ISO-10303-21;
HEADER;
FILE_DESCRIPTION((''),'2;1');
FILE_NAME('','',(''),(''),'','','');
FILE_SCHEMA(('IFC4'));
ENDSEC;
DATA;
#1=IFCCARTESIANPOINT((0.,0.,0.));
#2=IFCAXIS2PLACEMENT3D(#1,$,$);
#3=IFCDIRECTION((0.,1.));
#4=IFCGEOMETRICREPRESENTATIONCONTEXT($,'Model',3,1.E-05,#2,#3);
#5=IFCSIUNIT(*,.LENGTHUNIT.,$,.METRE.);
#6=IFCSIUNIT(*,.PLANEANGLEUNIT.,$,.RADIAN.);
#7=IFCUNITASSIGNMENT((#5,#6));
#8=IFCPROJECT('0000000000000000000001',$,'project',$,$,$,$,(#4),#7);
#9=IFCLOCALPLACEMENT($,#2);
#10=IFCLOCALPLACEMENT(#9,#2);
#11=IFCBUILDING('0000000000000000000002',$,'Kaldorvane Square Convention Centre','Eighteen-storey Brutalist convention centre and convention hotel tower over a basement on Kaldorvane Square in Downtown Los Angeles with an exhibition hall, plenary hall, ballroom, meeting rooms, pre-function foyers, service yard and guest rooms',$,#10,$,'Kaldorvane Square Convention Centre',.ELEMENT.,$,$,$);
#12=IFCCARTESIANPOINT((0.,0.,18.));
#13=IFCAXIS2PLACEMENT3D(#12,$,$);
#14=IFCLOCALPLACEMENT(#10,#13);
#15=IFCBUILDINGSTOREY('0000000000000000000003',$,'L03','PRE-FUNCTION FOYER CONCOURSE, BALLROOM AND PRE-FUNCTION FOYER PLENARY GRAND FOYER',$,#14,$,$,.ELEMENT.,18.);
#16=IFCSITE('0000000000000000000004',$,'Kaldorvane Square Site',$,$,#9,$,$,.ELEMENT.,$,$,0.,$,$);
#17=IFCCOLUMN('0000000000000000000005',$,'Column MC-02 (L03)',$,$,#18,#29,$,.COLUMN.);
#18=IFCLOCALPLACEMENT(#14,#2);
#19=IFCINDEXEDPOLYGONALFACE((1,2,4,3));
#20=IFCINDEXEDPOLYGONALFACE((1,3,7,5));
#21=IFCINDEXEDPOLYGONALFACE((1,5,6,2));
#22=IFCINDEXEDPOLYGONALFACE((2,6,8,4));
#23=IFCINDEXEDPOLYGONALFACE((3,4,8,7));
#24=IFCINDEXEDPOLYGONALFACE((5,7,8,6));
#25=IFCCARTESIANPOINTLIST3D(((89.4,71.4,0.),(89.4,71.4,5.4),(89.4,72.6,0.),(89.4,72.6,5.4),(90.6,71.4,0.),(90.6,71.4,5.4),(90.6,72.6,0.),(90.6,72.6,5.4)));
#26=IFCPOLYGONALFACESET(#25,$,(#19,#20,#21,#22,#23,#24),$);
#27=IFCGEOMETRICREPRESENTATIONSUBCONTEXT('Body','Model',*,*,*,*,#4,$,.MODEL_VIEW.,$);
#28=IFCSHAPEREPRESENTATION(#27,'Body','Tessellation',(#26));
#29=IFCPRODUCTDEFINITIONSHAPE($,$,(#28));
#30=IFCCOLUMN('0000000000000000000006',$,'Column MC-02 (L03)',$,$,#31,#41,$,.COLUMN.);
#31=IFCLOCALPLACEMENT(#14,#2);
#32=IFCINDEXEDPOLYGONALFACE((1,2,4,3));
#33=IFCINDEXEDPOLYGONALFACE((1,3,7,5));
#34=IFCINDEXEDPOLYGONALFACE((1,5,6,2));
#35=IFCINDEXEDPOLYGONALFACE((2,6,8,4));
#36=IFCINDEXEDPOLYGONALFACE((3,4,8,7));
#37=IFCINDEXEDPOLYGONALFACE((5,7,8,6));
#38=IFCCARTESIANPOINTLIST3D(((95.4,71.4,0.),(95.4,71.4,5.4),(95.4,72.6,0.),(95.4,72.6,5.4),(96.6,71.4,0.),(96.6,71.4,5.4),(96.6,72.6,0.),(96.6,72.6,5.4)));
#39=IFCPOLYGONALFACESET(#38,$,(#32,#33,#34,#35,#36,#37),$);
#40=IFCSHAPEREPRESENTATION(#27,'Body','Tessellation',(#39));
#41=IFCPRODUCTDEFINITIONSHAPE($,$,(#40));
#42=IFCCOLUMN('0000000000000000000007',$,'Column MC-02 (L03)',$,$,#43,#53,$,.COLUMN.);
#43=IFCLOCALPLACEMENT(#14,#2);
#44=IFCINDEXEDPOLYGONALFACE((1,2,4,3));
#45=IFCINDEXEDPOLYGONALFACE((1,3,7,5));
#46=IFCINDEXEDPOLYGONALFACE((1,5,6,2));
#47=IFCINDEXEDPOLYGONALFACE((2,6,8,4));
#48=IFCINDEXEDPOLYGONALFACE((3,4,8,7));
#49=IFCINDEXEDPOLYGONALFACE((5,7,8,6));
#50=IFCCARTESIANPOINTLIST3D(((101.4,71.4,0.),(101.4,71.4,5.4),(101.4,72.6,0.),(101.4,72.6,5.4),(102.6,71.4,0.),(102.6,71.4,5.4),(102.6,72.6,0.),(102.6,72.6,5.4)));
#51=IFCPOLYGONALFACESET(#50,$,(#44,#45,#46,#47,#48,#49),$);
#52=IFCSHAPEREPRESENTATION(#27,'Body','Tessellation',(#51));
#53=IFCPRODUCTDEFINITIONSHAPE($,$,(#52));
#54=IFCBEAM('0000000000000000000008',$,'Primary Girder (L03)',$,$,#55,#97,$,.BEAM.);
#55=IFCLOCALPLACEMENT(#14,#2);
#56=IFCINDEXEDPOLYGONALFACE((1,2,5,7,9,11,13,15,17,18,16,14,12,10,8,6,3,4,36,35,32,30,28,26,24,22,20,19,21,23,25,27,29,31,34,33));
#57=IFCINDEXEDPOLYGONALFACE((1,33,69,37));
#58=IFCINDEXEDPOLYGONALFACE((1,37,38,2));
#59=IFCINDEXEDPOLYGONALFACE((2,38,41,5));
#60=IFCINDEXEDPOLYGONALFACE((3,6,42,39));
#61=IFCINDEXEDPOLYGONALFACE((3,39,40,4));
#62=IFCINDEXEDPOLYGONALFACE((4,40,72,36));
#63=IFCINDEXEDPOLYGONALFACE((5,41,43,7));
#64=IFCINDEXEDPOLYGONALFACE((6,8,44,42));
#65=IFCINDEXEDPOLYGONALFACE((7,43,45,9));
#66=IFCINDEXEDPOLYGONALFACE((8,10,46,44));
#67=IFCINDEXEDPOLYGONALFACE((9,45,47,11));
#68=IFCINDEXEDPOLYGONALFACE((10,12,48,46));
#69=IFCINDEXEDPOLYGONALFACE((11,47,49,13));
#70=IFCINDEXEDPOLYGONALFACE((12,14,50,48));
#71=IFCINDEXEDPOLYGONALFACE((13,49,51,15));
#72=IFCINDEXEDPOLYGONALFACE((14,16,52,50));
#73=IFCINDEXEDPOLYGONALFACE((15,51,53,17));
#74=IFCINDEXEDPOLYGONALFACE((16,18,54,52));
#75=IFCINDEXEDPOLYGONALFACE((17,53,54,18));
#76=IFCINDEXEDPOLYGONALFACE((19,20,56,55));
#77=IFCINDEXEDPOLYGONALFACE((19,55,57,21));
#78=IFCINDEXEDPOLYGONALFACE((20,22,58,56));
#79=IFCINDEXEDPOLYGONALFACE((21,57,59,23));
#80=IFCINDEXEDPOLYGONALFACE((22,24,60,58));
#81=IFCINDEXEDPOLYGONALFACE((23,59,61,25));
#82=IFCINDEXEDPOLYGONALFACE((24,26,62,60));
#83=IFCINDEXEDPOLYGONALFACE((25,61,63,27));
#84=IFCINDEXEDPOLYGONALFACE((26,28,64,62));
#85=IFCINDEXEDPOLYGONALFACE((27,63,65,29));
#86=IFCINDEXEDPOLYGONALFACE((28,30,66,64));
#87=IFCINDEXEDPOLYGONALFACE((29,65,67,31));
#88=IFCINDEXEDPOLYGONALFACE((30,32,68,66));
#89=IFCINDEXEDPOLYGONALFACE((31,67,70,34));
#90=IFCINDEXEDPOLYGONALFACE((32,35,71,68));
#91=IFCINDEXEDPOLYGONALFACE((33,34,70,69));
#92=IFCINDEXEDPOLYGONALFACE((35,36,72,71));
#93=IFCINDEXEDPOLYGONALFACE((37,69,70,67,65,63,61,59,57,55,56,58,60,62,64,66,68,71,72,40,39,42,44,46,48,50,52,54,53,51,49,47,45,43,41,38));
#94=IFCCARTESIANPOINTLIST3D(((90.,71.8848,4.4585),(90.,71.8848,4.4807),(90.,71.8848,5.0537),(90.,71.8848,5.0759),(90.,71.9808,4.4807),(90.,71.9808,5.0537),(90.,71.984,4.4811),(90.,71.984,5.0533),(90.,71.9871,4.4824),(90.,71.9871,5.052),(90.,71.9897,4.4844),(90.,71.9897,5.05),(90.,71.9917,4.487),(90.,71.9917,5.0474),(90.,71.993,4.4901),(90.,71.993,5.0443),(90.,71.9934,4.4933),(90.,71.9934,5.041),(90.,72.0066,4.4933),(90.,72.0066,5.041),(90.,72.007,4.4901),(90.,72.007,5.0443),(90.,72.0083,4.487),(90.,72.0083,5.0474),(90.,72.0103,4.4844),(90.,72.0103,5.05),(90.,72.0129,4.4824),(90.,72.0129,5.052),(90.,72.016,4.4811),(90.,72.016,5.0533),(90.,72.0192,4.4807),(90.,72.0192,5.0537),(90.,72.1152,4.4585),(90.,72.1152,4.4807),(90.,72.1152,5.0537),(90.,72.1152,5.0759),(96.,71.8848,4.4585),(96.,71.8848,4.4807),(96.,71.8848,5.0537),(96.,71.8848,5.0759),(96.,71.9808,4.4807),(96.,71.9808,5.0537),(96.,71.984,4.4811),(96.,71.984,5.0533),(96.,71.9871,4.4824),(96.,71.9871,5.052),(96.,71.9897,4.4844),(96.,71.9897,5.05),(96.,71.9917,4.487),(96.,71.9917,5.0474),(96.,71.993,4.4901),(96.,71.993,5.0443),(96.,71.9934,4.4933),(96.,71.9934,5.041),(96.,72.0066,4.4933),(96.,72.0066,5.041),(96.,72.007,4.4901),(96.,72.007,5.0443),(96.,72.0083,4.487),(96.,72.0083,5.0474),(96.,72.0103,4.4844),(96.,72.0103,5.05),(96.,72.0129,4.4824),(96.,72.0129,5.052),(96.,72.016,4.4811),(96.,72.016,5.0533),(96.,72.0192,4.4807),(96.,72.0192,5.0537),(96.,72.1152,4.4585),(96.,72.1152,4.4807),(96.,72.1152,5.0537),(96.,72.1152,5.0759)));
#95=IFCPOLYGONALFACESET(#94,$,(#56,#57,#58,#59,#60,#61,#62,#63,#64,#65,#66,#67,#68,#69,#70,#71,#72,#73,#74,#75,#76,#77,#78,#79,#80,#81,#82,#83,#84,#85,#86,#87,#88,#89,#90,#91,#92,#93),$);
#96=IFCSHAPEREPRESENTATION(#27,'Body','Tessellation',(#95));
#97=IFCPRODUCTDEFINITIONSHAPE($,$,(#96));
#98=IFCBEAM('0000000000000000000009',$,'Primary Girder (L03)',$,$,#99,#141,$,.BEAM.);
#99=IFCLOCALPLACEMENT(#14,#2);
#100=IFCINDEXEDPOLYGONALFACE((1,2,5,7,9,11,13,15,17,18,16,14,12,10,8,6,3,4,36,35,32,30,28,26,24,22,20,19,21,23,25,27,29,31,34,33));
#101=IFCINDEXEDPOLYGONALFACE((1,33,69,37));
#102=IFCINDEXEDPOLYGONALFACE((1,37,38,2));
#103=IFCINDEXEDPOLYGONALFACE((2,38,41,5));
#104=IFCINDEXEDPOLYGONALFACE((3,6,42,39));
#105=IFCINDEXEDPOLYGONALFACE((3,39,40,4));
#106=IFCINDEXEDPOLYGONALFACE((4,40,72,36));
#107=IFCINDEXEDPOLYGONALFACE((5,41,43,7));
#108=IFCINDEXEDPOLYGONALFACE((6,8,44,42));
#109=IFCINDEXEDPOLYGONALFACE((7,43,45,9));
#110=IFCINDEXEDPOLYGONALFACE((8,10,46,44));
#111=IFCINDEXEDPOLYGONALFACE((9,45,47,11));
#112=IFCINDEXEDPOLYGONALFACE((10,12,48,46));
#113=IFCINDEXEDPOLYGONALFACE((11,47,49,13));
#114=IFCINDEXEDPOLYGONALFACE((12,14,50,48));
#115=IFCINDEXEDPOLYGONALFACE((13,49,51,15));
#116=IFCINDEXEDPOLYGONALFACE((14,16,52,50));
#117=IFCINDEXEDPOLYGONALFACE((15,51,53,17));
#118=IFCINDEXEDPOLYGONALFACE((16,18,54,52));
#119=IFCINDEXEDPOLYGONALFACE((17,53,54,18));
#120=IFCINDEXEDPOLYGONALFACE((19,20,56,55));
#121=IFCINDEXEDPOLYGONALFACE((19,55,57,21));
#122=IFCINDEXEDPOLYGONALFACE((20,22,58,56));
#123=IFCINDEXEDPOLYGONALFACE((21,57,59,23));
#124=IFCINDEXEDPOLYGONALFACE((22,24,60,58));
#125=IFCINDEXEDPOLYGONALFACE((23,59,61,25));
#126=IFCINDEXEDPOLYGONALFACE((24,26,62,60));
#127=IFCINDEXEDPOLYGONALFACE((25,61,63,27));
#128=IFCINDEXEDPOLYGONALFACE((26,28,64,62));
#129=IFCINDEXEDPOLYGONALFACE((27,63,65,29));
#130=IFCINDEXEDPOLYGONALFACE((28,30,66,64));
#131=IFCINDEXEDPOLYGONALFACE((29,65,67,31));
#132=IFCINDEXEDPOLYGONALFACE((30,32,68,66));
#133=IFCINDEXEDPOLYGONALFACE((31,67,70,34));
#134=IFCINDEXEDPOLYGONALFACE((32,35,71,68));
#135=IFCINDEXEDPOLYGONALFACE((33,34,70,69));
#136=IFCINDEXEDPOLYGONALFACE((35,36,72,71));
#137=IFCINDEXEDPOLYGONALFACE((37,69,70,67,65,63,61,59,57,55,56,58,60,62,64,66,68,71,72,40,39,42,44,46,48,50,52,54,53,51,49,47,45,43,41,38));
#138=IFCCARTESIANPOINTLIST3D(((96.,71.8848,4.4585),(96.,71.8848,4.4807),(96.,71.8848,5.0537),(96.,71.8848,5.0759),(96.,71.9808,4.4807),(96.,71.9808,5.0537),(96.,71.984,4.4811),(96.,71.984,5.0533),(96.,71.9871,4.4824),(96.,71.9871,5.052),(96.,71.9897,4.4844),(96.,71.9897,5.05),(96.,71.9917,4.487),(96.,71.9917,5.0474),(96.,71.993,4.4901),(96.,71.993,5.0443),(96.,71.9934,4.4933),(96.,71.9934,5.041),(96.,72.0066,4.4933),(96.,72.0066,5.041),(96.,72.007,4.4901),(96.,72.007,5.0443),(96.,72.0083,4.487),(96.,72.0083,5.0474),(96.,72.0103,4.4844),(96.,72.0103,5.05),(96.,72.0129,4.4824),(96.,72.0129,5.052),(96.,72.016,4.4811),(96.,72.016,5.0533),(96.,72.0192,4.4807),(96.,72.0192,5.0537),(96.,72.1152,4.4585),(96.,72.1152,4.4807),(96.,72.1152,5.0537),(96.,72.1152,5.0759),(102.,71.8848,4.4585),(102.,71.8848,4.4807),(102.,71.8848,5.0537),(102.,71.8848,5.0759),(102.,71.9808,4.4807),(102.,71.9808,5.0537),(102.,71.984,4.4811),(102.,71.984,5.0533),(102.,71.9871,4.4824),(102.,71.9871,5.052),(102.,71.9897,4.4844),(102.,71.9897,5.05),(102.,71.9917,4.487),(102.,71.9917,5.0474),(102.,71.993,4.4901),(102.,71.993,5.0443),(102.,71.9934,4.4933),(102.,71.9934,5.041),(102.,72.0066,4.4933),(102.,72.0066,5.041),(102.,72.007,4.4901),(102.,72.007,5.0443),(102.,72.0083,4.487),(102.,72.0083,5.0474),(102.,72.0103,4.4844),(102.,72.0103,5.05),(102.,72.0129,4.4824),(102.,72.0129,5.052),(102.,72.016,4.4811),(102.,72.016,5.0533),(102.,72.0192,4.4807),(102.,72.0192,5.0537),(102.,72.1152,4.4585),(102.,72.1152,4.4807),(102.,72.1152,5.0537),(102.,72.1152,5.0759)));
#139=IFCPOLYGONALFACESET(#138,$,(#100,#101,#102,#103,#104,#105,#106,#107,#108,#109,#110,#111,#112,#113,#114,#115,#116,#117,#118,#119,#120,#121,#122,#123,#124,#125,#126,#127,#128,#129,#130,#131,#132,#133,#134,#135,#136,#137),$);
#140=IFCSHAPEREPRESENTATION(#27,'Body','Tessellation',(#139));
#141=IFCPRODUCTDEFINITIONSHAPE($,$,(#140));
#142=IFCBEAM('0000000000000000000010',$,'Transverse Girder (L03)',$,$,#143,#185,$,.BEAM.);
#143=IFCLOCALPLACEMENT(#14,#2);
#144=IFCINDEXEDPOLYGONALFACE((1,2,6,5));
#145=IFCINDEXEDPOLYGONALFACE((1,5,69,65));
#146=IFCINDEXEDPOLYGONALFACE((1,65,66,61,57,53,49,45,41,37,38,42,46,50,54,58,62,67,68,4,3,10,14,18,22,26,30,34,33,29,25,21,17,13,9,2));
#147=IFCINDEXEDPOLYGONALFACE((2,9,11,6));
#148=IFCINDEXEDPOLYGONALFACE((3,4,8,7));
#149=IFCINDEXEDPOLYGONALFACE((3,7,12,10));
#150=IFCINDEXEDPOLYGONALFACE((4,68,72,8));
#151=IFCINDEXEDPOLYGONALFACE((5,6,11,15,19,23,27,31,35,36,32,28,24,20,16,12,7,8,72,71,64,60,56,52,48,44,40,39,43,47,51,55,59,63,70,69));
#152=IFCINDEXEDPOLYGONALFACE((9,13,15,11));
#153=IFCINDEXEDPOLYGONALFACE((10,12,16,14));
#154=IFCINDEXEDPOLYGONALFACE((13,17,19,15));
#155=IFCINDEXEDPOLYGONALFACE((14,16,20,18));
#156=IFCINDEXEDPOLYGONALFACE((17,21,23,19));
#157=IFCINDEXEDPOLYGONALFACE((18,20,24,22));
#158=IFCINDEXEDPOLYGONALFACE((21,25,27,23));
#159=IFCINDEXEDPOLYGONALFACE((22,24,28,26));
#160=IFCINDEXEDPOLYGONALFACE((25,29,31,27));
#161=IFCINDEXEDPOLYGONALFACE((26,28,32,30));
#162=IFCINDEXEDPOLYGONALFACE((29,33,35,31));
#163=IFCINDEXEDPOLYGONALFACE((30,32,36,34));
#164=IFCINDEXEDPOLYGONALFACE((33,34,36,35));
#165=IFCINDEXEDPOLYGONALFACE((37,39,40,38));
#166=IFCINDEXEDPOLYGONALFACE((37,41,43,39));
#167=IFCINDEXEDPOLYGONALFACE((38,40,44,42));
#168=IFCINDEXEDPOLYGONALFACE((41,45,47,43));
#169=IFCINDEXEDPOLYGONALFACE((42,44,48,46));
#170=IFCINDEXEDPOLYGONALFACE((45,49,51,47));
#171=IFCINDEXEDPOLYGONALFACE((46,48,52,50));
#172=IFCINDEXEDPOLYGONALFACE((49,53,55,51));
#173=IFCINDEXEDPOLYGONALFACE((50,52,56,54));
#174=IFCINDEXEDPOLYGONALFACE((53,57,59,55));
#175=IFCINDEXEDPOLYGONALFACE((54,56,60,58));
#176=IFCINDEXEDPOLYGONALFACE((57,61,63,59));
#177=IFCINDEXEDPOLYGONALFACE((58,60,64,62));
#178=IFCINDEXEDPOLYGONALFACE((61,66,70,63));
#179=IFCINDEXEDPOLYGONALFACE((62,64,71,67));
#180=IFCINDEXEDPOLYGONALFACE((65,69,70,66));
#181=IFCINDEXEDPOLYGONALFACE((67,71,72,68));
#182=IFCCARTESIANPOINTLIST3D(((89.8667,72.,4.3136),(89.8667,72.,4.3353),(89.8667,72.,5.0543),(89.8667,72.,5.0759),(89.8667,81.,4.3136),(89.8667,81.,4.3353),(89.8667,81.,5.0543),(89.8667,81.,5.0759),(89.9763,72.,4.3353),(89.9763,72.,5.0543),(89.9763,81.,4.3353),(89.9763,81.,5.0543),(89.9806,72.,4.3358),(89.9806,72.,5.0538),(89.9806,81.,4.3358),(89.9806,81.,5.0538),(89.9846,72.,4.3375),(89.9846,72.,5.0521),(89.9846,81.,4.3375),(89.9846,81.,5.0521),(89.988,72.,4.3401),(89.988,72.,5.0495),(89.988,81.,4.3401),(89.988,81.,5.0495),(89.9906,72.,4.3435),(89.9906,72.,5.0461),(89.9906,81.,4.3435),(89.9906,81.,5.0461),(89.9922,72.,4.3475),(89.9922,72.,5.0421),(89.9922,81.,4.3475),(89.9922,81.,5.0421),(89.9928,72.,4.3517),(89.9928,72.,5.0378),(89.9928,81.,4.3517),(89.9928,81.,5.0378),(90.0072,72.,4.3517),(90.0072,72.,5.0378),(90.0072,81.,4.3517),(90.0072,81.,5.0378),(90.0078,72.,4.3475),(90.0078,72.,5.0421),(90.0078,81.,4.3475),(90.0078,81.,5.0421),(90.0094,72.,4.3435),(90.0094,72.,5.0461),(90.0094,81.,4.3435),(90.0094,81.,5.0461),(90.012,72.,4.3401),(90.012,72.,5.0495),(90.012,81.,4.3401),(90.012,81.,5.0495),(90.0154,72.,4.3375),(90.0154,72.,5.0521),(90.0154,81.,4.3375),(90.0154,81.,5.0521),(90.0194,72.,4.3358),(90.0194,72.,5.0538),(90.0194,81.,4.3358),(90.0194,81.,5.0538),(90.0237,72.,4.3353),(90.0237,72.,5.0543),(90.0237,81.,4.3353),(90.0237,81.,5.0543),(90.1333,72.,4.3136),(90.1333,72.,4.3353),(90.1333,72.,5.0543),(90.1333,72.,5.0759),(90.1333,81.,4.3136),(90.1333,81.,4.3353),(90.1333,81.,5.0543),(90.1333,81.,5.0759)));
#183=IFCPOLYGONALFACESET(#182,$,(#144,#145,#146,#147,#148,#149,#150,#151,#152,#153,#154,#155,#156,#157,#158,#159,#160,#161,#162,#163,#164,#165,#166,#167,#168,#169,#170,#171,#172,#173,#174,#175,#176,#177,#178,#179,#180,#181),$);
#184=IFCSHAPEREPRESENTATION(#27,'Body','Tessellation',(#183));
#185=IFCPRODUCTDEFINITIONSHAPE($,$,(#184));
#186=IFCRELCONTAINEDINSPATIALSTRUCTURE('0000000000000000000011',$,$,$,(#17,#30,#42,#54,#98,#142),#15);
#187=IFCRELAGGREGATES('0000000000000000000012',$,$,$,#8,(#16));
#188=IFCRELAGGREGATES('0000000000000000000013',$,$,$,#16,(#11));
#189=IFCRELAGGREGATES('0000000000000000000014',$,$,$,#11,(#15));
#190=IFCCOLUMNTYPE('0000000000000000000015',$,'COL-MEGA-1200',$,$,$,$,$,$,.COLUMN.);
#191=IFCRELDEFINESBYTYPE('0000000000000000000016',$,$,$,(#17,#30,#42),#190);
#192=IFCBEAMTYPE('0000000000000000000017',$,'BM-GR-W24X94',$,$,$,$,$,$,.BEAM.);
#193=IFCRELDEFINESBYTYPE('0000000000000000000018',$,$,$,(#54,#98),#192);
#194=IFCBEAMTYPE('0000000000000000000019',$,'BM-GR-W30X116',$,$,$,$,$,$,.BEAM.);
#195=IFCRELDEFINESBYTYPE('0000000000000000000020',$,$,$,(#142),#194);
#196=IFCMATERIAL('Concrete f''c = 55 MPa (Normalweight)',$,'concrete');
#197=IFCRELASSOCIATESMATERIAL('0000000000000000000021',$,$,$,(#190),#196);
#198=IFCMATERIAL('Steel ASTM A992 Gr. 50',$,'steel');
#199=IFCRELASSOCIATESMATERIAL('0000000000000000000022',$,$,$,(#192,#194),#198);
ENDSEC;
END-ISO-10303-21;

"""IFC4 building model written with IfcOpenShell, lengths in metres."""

from ifc_helpers import new_model, si_unit, direction, frame, origin, origin_2d, place, context, subcontext, project, spatial, rectangle, i_section, extrude, material, material_profile, profile_set, type_object, element, save


model = new_model("IFC4")

# Units and contexts
model_context = context("Model", 3, precision=1e-05, world=origin(), true_north=direction((0.0, 1.0)))
body_context = subcontext(model_context, "Body", "Model", "MODEL_VIEW")
ifc_project = project(units=[si_unit("LENGTHUNIT", "METRE"), si_unit("PLANEANGLEUNIT", "RADIAN")], contexts=[model_context])

# Site, building, storey
site_placement = place(None, origin())
site = spatial("IfcSite", under=ifc_project, at=site_placement, Name="Kaldorvane Square Site", CompositionType="ELEMENT", RefElevation=0.0)
building_placement = place(site_placement, origin())
building = spatial("IfcBuilding", under=site, at=building_placement, Name="Kaldorvane Square Convention Centre", Description="Eighteen-storey Brutalist convention centre and convention hotel tower over a basement on Kaldorvane Square in Downtown Los Angeles with an exhibition hall, plenary hall, ballroom, meeting rooms, pre-function foyers, service yard and guest rooms", LongName="Kaldorvane Square Convention Centre", CompositionType="ELEMENT")
storey_placement = place(building_placement, frame((0.0, 0.0, 18.0)))
storey = spatial("IfcBuildingStorey", under=building, at=storey_placement, Name="L03", Description="PRE-FUNCTION FOYER CONCOURSE, BALLROOM AND PRE-FUNCTION FOYER PLENARY GRAND FOYER", CompositionType="ELEMENT", Elevation=18.0)

# Columns
ifc_material_1 = material(Name="Concrete f'c = 55 MPa (Normalweight)", Category="concrete")
ifc_material_profile_1 = material_profile(ifc_material_1, rectangle(XDim=1.2, YDim=1.2, at=origin_2d()), Name="RC1200X1200")
ifc_profile_set_1 = profile_set([ifc_material_profile_1], Name="Concrete f'c = 55 MPa (Normalweight)")
column_type = type_object("IfcColumnType", Name="COL-MEGA-1200", PredefinedType="COLUMN", material=ifc_profile_set_1)
for number, where, z_axis, x_axis, name in (
    (1, (90.0, 72.0, 0.0), (0.0, 0.0, 1.0), (1.0, 0.0, 0.0), "Column MC-02 (L03)"),
    (2, (96.0, 72.0, 0.0), (0.0, 0.0, 1.0), (1.0, 0.0, 0.0), "Column MC-02 (L03)"),
    (3, (102.0, 72.0, 0.0), (0.0, 0.0, 1.0), (1.0, 0.0, 0.0), "Column MC-02 (L03)"),
):
    element("IfcColumn", number, at=place(storey_placement, frame(where, z_axis=z_axis, x_axis=x_axis)), inside=storey, type_object=column_type, Name=name, PredefinedType="COLUMN", context=body_context, shape_type="SweptSolid", body=[
        extrude(rectangle(XDim=1.2, YDim=1.2, at=origin_2d()), origin(), (0.0, 0.0, 1.0), 5.4),
    ])

# Beams
ifc_material_2 = material(Name="Steel ASTM A992 Gr. 50", Category="steel")
ifc_material_profile_2 = material_profile(ifc_material_2, i_section(OverallWidth=0.2303, OverallDepth=0.6175, WebThickness=0.0131, FlangeThickness=0.0222, FilletRadius=0.0127, at=origin_2d()), Name="W24X94")
ifc_profile_set_2 = profile_set([ifc_material_profile_2], Name="Steel ASTM A992 Gr. 50")
beam_type_1 = type_object("IfcBeamType", Name="BM-GR-W24X94", PredefinedType="BEAM", material=ifc_profile_set_2)
for number, where, z_axis, x_axis, name in (
    (4, (90.0, 72.0, 4.7672), (1.0, 0.0, 0.0), (0.0, 1.0, 0.0), "Primary Girder (L03)"),
    (5, (96.0, 72.0, 4.7672), (1.0, 0.0, 0.0), (0.0, 1.0, 0.0), "Primary Girder (L03)"),
):
    element("IfcBeam", number, at=place(storey_placement, frame(where, z_axis=z_axis, x_axis=x_axis)), inside=storey, type_object=beam_type_1, Name=name, PredefinedType="BEAM", context=body_context, shape_type="SweptSolid", body=[
        extrude(i_section(OverallWidth=0.2303, OverallDepth=0.6175, WebThickness=0.0131, FlangeThickness=0.0222, FilletRadius=0.0127, at=origin_2d()), origin(), (0.0, 0.0, 1.0), 6.0),
    ])
ifc_material_profile_3 = material_profile(ifc_material_2, i_section(OverallWidth=0.2666, OverallDepth=0.7623, WebThickness=0.0144, FlangeThickness=0.0216, FilletRadius=0.0165, at=origin_2d()), Name="W30X116")
ifc_profile_set_3 = profile_set([ifc_material_profile_3], Name="Steel ASTM A992 Gr. 50")
beam_type_2 = type_object("IfcBeamType", Name="BM-GR-W30X116", PredefinedType="BEAM", material=ifc_profile_set_3)
for number, where, z_axis, x_axis, name in (
    (6, (90.0, 72.0, 4.6948), (0.0, 1.0, 0.0), (-1.0, 0.0, 0.0), "Transverse Girder (L03)"),
):
    element("IfcBeam", number, at=place(storey_placement, frame(where, z_axis=z_axis, x_axis=x_axis)), inside=storey, type_object=beam_type_2, Name=name, PredefinedType="BEAM", context=body_context, shape_type="SweptSolid", body=[
        extrude(i_section(OverallWidth=0.2666, OverallDepth=0.7623, WebThickness=0.0144, FlangeThickness=0.0216, FilletRadius=0.0165, at=origin_2d()), origin(), (0.0, 0.0, 1.0), 9.0),
    ])

save(model, "model.ifc")
